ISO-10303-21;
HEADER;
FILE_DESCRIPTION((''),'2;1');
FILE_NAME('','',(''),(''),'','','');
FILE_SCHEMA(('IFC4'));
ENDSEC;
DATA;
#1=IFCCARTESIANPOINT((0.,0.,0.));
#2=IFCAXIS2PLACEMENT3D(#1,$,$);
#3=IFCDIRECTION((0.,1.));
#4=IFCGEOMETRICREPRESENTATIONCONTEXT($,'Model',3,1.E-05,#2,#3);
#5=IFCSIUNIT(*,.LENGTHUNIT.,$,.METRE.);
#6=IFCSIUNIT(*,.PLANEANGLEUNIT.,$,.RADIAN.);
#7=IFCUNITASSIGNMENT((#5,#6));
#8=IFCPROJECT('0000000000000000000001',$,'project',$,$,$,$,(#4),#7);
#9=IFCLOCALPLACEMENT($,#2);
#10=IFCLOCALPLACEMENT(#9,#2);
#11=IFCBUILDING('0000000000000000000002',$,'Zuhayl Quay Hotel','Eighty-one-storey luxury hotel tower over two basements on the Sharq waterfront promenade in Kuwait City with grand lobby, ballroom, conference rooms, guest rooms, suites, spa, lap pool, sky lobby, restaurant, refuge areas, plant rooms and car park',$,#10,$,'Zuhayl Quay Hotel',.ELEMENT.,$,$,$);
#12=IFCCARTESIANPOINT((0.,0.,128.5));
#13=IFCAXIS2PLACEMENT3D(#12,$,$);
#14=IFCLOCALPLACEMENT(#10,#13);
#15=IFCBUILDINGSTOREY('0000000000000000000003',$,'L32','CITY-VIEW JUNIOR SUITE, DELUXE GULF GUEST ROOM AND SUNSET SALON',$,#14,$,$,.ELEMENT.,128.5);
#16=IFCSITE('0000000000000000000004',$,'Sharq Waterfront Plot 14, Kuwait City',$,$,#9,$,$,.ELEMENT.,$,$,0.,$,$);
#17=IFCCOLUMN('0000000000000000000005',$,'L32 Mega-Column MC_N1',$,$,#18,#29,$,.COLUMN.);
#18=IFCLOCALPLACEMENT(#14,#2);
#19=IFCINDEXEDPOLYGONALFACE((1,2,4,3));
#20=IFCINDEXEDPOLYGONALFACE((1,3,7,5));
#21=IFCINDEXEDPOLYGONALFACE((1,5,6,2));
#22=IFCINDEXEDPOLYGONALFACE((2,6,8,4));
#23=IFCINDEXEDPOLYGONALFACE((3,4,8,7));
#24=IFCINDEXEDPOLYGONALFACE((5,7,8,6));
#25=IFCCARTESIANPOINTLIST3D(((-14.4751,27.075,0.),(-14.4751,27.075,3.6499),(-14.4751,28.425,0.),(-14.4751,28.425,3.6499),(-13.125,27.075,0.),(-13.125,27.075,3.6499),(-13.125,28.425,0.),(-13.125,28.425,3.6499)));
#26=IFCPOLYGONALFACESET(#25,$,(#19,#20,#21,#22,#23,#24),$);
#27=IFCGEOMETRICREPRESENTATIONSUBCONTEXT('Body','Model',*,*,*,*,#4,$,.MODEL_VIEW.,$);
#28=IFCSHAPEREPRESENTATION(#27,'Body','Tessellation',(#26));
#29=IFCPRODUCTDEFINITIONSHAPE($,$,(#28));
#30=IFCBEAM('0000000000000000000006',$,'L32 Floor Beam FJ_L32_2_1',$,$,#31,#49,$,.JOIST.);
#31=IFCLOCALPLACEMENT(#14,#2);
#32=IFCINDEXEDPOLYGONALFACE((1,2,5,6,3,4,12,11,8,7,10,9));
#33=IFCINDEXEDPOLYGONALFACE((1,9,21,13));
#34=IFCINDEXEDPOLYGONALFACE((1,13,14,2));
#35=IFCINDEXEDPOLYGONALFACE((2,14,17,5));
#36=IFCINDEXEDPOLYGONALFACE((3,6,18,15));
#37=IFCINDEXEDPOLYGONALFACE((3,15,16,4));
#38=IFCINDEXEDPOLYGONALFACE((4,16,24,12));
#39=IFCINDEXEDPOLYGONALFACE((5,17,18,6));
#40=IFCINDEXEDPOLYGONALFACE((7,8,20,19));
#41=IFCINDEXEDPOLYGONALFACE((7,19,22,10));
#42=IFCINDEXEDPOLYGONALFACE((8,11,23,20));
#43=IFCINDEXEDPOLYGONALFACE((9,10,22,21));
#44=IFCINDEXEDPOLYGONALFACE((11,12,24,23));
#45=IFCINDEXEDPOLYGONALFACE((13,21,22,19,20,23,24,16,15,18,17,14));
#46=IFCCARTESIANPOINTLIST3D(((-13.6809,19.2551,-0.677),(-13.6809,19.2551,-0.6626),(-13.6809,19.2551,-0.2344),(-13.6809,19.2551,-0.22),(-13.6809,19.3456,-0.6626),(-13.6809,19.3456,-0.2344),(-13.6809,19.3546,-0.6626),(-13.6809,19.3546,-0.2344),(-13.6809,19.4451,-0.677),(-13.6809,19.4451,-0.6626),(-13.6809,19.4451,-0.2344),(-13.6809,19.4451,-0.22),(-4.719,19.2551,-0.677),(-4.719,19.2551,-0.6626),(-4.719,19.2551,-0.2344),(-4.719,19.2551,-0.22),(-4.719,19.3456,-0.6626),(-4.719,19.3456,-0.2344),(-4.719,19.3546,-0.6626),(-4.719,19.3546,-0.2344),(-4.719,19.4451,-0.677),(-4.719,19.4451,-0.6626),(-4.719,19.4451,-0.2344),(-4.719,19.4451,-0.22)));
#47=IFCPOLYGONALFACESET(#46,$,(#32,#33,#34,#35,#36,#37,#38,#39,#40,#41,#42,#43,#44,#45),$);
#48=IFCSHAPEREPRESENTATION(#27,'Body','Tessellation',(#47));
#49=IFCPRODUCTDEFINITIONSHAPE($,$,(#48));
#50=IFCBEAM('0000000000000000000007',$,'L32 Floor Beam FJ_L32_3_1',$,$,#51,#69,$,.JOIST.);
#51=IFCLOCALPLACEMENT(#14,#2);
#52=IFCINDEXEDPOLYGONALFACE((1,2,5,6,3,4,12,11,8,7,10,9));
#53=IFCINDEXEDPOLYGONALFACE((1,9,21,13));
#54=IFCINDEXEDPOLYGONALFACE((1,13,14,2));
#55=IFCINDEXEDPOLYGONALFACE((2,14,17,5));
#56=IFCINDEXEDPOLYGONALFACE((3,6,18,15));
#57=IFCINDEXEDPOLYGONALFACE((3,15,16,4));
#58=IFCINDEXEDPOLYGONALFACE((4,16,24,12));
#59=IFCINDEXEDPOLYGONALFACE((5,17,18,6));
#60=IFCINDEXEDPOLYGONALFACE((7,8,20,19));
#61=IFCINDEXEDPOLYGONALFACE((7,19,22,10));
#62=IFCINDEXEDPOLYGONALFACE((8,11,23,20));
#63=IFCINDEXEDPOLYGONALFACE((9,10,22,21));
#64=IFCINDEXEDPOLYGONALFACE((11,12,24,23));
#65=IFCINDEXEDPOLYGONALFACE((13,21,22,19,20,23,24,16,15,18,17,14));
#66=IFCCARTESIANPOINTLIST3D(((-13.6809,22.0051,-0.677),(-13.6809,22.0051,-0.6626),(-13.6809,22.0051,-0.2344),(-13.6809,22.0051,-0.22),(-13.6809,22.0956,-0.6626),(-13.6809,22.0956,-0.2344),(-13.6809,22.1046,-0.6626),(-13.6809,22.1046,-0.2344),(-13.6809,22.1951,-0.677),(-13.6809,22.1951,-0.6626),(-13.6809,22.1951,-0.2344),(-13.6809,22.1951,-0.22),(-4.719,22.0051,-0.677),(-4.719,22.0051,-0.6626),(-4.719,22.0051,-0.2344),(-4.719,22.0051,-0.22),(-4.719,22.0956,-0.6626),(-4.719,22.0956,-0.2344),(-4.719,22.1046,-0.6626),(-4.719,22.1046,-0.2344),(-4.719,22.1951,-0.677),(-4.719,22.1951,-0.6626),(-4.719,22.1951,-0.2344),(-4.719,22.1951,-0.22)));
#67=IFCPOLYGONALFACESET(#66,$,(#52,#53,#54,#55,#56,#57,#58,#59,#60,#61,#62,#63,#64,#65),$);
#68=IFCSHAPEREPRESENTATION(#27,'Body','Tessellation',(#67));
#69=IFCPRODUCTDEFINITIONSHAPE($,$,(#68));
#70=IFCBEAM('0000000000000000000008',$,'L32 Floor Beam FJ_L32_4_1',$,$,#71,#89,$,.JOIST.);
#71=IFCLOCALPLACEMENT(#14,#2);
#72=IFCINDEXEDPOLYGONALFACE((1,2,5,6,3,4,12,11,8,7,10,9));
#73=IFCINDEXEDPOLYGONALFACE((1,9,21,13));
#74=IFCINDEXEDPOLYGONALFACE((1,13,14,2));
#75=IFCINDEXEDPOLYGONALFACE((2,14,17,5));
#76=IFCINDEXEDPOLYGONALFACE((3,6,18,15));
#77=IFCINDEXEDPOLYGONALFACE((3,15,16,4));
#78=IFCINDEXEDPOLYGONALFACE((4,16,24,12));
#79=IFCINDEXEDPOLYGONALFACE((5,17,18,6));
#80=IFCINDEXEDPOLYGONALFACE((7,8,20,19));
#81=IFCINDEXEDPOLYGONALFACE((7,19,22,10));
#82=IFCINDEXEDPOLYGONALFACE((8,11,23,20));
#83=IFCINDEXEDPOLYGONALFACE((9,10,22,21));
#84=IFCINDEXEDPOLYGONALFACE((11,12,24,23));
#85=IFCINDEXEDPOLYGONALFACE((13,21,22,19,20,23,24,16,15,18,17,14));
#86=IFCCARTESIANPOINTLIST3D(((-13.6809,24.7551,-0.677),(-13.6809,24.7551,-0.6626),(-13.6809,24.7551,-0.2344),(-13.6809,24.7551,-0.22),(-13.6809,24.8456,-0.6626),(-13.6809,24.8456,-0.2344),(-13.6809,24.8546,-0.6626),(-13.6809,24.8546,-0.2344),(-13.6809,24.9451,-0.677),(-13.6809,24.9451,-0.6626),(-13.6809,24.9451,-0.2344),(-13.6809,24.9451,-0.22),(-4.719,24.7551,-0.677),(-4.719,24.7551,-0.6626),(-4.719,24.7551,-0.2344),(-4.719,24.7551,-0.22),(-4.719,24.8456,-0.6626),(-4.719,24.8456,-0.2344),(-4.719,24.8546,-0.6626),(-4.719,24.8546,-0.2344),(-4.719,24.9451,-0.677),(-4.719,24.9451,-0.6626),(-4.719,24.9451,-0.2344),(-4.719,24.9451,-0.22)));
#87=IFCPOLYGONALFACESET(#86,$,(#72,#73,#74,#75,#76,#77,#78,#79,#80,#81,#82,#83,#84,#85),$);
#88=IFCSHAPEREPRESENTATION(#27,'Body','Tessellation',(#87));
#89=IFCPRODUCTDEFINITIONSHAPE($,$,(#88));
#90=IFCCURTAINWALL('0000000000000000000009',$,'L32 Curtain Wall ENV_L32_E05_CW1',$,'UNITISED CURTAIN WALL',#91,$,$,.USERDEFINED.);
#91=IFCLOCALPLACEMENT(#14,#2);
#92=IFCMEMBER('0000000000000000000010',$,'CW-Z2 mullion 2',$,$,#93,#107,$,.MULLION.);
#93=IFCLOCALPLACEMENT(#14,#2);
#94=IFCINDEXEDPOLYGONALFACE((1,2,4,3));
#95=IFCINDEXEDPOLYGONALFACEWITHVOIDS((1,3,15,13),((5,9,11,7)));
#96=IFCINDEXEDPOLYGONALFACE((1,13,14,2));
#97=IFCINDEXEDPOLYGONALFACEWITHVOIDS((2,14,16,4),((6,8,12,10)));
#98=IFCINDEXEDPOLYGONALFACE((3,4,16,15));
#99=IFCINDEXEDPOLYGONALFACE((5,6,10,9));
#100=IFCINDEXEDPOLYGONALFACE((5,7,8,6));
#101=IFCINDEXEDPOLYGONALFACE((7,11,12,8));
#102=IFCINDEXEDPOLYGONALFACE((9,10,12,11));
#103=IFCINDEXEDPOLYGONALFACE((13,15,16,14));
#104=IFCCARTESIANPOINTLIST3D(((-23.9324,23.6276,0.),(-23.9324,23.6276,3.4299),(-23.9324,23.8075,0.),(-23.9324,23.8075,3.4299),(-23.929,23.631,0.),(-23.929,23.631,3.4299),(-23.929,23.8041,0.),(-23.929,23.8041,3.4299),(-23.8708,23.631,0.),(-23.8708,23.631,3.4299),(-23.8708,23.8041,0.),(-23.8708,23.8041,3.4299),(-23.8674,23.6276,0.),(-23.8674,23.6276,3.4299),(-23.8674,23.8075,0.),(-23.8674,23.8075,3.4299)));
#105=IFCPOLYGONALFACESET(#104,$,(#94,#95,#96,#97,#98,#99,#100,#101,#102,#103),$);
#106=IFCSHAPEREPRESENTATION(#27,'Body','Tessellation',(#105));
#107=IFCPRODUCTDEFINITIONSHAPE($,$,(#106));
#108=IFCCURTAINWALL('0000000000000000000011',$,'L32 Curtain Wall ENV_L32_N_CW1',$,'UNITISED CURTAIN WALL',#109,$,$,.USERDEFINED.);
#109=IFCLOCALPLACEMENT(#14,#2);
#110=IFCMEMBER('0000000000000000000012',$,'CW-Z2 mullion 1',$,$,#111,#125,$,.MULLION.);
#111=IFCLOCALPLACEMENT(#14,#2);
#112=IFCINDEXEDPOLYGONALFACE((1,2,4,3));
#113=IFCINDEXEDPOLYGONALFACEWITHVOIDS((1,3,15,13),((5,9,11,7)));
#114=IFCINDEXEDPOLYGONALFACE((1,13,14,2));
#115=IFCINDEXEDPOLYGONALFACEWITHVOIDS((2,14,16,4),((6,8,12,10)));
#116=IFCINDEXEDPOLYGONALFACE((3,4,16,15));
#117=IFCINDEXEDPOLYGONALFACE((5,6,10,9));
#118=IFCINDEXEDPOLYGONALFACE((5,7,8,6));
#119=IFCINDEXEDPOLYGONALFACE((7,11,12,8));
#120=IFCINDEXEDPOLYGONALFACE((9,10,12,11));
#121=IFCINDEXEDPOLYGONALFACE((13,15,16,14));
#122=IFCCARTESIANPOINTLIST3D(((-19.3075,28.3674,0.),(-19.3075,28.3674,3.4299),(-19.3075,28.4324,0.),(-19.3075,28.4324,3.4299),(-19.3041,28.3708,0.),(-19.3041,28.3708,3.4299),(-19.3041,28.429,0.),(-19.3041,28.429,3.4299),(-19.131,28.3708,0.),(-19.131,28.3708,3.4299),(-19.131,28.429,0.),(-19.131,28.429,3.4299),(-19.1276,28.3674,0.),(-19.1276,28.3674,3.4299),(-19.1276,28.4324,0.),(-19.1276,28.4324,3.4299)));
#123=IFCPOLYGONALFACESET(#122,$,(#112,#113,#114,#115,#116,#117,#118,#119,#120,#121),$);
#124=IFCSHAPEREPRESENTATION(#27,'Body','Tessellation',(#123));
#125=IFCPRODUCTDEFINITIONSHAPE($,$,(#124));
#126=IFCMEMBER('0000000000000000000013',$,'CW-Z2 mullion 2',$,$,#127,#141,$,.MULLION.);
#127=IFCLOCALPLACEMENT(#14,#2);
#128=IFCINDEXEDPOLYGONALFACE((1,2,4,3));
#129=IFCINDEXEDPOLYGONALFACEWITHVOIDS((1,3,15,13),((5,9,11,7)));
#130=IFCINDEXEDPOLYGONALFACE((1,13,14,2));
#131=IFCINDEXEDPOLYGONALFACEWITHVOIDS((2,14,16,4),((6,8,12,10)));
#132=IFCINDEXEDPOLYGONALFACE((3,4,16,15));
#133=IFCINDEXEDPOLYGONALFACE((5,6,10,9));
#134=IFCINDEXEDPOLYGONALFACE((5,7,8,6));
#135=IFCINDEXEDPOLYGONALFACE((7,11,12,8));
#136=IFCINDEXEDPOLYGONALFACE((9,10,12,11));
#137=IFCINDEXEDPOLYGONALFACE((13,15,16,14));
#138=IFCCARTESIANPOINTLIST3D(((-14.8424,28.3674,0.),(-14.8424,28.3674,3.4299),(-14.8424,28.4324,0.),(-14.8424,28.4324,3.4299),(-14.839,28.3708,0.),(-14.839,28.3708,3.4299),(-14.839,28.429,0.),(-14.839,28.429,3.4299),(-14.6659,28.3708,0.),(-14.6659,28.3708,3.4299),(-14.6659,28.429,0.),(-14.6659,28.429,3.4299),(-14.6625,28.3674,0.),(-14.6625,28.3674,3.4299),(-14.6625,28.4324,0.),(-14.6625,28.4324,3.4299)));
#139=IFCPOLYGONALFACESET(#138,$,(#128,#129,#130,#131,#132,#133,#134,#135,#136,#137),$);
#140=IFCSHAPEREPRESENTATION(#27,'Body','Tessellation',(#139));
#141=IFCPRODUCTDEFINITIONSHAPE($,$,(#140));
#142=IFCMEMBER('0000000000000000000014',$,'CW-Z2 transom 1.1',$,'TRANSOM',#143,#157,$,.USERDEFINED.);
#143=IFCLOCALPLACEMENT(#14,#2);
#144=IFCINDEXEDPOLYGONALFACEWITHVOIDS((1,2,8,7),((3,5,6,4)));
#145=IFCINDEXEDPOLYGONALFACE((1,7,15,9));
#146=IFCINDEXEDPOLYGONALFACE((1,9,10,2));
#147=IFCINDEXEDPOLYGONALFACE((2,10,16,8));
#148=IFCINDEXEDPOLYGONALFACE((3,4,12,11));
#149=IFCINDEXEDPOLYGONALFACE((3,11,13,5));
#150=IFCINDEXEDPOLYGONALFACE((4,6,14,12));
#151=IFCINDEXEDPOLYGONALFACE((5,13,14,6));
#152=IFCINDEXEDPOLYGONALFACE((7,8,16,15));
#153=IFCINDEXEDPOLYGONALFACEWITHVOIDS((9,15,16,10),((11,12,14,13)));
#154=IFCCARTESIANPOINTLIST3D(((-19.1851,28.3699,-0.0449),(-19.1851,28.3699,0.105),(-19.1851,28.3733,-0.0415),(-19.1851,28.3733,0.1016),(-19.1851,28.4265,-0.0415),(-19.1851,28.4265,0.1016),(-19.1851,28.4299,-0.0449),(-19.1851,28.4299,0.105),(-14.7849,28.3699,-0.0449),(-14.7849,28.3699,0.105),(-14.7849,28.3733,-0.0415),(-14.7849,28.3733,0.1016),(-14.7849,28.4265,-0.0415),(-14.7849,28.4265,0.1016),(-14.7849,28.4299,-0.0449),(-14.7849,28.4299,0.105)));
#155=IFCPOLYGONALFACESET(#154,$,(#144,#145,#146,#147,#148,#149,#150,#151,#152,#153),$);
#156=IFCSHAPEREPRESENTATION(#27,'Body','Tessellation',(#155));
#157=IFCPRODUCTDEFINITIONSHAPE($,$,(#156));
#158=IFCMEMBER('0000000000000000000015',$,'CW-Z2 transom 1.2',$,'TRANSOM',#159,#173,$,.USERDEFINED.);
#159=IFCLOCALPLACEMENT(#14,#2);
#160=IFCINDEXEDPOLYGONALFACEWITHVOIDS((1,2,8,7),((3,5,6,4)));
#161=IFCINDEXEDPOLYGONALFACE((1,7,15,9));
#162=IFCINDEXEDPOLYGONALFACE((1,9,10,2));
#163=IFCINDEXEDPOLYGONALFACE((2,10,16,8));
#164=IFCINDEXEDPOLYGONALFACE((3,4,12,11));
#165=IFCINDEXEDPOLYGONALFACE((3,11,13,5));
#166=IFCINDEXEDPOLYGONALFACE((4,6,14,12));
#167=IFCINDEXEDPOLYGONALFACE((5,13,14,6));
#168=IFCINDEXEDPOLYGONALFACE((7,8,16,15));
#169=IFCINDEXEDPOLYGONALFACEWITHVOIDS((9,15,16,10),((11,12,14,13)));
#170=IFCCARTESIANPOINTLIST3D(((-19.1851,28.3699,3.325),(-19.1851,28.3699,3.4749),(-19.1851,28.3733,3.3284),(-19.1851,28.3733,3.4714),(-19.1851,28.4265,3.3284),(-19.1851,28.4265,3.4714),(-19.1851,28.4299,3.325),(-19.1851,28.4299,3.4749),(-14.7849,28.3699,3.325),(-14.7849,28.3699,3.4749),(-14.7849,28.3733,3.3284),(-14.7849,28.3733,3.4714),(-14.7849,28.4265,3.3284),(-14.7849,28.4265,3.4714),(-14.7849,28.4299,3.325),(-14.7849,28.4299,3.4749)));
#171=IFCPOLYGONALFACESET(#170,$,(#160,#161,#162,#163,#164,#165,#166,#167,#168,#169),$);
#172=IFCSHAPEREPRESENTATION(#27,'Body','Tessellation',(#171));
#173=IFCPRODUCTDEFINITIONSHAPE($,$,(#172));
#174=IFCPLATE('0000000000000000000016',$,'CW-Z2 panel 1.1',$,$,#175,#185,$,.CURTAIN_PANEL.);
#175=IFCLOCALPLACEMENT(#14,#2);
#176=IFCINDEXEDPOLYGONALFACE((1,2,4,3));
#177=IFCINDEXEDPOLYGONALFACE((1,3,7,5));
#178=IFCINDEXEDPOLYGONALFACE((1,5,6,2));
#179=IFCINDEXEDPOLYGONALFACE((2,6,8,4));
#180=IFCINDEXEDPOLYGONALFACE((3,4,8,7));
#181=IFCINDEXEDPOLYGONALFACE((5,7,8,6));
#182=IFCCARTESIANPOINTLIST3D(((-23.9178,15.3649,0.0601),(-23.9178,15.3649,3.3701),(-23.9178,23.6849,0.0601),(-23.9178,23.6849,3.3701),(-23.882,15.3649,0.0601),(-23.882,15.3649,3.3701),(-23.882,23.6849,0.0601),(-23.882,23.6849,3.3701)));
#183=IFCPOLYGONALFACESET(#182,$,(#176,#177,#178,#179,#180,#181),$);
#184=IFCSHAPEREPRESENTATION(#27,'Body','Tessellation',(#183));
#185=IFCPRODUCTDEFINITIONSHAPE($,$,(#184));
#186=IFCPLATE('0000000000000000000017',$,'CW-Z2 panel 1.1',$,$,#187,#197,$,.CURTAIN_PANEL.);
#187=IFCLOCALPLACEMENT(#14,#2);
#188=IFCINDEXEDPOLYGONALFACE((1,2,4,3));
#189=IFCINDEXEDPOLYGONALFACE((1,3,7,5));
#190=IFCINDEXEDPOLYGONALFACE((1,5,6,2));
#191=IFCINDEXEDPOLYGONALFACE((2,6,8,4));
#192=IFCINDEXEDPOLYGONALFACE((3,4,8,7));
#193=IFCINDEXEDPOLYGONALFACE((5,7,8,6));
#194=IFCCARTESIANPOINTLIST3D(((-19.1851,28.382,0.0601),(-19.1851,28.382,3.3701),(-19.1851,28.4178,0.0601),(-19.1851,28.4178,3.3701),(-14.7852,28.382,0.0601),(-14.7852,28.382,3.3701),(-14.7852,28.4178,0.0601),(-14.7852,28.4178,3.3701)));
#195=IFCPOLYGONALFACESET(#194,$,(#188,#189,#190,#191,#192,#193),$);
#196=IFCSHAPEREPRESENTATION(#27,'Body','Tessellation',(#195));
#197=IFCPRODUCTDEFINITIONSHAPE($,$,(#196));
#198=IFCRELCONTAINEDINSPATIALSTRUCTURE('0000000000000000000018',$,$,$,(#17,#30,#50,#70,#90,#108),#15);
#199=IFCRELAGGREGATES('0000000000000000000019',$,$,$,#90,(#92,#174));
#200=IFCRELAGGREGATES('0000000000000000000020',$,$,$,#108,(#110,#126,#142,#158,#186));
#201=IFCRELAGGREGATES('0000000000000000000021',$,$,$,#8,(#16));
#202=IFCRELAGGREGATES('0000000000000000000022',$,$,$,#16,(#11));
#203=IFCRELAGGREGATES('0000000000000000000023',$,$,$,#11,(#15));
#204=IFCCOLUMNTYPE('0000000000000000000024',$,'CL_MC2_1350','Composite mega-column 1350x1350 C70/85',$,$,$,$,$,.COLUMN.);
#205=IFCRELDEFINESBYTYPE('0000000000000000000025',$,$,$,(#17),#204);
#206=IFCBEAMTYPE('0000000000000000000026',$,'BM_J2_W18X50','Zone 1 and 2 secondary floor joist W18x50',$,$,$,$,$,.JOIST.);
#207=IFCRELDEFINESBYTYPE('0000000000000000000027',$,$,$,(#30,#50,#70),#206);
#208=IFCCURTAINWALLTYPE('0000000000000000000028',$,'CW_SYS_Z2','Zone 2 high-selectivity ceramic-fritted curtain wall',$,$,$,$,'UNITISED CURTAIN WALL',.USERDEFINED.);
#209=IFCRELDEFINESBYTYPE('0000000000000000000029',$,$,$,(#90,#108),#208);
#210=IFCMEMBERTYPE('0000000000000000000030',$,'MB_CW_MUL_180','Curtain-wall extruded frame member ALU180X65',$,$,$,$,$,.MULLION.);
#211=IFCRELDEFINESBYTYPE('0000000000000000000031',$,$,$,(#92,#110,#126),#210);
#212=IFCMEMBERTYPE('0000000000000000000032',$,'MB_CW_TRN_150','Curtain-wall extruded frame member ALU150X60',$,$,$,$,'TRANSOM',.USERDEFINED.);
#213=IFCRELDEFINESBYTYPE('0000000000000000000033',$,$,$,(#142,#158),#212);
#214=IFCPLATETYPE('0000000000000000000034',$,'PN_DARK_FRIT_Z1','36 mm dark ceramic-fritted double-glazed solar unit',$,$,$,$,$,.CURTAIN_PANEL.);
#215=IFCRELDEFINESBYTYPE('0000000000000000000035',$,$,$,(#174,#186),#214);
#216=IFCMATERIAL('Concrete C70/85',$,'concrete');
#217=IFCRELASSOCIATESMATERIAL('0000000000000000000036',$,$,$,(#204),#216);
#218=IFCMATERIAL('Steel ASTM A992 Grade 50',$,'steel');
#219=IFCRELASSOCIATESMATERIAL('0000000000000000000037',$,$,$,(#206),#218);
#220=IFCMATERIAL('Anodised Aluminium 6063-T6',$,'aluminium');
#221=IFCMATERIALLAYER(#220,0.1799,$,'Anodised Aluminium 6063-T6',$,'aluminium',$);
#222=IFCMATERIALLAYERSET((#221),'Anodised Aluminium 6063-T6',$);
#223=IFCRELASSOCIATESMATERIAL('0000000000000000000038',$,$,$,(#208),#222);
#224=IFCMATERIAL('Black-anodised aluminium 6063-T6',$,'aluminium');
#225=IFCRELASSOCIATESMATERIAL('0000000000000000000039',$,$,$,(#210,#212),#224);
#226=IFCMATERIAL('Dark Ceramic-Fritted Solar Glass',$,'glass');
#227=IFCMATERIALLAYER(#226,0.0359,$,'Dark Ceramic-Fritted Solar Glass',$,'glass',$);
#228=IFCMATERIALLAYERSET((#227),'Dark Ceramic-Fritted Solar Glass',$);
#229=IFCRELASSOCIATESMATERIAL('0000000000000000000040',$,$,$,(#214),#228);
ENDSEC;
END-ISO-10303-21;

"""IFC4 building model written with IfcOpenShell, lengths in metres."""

from ifc_helpers import new_model, si_unit, direction, frame, origin, origin_2d, place, context, subcontext, project, spatial, rectangle, hollow_rectangle, i_section, extrude, material, layer, layer_set, material_profile, profile_set, type_object, element, aggregate, save


model = new_model("IFC4")

# Units and contexts
model_context = context("Model", 3, precision=1e-05, world=origin(), true_north=direction((0.0, 1.0)))
body_context = subcontext(model_context, "Body", "Model", "MODEL_VIEW")
ifc_project = project(units=[si_unit("LENGTHUNIT", "METRE"), si_unit("PLANEANGLEUNIT", "RADIAN")], contexts=[model_context])

# Site, building, storey
site_placement = place(None, origin())
site = spatial("IfcSite", under=ifc_project, at=site_placement, Name="Sharq Waterfront Plot 14, Kuwait City", CompositionType="ELEMENT", RefElevation=0.0)
building_placement = place(site_placement, origin())
building = spatial("IfcBuilding", under=site, at=building_placement, Name="Zuhayl Quay Hotel", Description="Eighty-one-storey luxury hotel tower over two basements on the Sharq waterfront promenade in Kuwait City with grand lobby, ballroom, conference rooms, guest rooms, suites, spa, lap pool, sky lobby, restaurant, refuge areas, plant rooms and car park", LongName="Zuhayl Quay Hotel", CompositionType="ELEMENT")
storey_placement = place(building_placement, frame((0.0, 0.0, 128.5)))
storey = spatial("IfcBuildingStorey", under=building, at=storey_placement, Name="L32", Description="CITY-VIEW JUNIOR SUITE, DELUXE GULF GUEST ROOM AND SUNSET SALON", CompositionType="ELEMENT", Elevation=128.5)

# Column
ifc_material_1 = material(Name="Concrete C70/85", Category="concrete")
ifc_material_profile_1 = material_profile(ifc_material_1, rectangle(XDim=1.3501, YDim=1.3501, at=origin_2d()), Name="RC1350X1350")
ifc_profile_set_1 = profile_set([ifc_material_profile_1], Name="Concrete C70/85")
column_type = type_object("IfcColumnType", Name="CL_MC2_1350", Description="Composite mega-column 1350x1350 C70/85", PredefinedType="COLUMN", material=ifc_profile_set_1)
column_placement = place(storey_placement, frame((-13.8, 27.75, 0.0), z_axis=(0.0, 0.0, 1.0), x_axis=(1.0, 0.0, 0.0)))
element("IfcColumn", 1, at=column_placement, inside=storey, type_object=column_type, Name="L32 Mega-Column MC_N1", PredefinedType="COLUMN", context=body_context, shape_type="SweptSolid", body=[
    extrude(rectangle(XDim=1.3501, YDim=1.3501, at=origin_2d()), origin(), (0.0, 0.0, 1.0), 3.6499),
])

# Beams
ifc_material_2 = material(Name="Steel ASTM A992 Grade 50", Category="steel")
ifc_material_profile_2 = material_profile(ifc_material_2, i_section(OverallWidth=0.1899, OverallDepth=0.457, WebThickness=0.009, FlangeThickness=0.0144, at=origin_2d()), Name="W18X50")
ifc_profile_set_2 = profile_set([ifc_material_profile_2], Name="Steel ASTM A992 Grade 50")
beam_type = type_object("IfcBeamType", Name="BM_J2_W18X50", Description="Zone 1 and 2 secondary floor joist W18x50", PredefinedType="JOIST", material=ifc_profile_set_2)
for number, where, z_axis, x_axis, name in (
    (2, (-13.6809, 19.3501, -0.4485), (1.0, 0.0, 0.0), (0.0, 1.0, 0.0), "L32 Floor Beam FJ_L32_2_1"),
    (3, (-13.6809, 22.1001, -0.4485), (1.0, 0.0, 0.0), (0.0, 1.0, 0.0), "L32 Floor Beam FJ_L32_3_1"),
    (4, (-13.6809, 24.8501, -0.4485), (1.0, 0.0, 0.0), (0.0, 1.0, 0.0), "L32 Floor Beam FJ_L32_4_1"),
):
    element("IfcBeam", number, at=place(storey_placement, frame(where, z_axis=z_axis, x_axis=x_axis)), inside=storey, type_object=beam_type, Name=name, PredefinedType="JOIST", context=body_context, shape_type="SweptSolid", body=[
        extrude(i_section(OverallWidth=0.1899, OverallDepth=0.457, WebThickness=0.009, FlangeThickness=0.0144, at=origin_2d()), origin(), (0.0, 0.0, 1.0), 8.9619),
    ])

# Curtain wall, member
ifc_material_3 = material(Name="Anodised Aluminium 6063-T6", Category="aluminium")
ifc_layer_1 = layer(ifc_material_3, 0.1799, Name="Anodised Aluminium 6063-T6", Category="aluminium")
ifc_layer_set_1 = layer_set([ifc_layer_1], Name="Anodised Aluminium 6063-T6")
curtain_wall_type = type_object("IfcCurtainWallType", Name="CW_SYS_Z2", Description="Zone 2 high-selectivity ceramic-fritted curtain wall", ElementType="UNITISED CURTAIN WALL", PredefinedType="USERDEFINED", material=ifc_layer_set_1)
curtain_wall_1_placement = place(storey_placement, origin())
curtain_wall_1 = element("IfcCurtainWall", 5, at=curtain_wall_1_placement, inside=storey, type_object=curtain_wall_type, Name="L32 Curtain Wall ENV_L32_E05_CW1", ObjectType="UNITISED CURTAIN WALL", PredefinedType="USERDEFINED")
ifc_material_4 = material(Name="Black-anodised aluminium 6063-T6", Category="aluminium")
ifc_material_profile_3 = material_profile(ifc_material_4, hollow_rectangle(XDim=0.0649, YDim=0.1799, WallThickness=0.0034, at=origin_2d()), Name="ALU180X65")
ifc_profile_set_3 = profile_set([ifc_material_profile_3], Name="Black-anodised aluminium 6063-T6")
member_type_1 = type_object("IfcMemberType", Name="MB_CW_MUL_180", Description="Curtain-wall extruded frame member ALU180X65", PredefinedType="MULLION", material=ifc_profile_set_3)
member_1_placement = place(storey_placement, frame((-23.8999, 23.7175, 0.0), z_axis=(0.0, 0.0, 1.0), x_axis=(-1.0, 0.0, 0.0)))
member_1 = element("IfcMember", 6, at=member_1_placement, type_object=member_type_1, Name="CW-Z2 mullion 2", PredefinedType="MULLION", context=body_context, shape_type="SweptSolid", body=[
    extrude(hollow_rectangle(XDim=0.0649, YDim=0.1799, WallThickness=0.0034, at=origin_2d()), origin(), (0.0, 0.0, 1.0), 3.4299),
])

# Curtain wall, members
curtain_wall_2_placement = place(storey_placement, origin())
curtain_wall_2 = element("IfcCurtainWall", 7, at=curtain_wall_2_placement, inside=storey, type_object=curtain_wall_type, Name="L32 Curtain Wall ENV_L32_N_CW1", ObjectType="UNITISED CURTAIN WALL", PredefinedType="USERDEFINED")
member_2_placement = place(storey_placement, frame((-19.2175, 28.3999, 0.0), z_axis=(0.0, 0.0, 1.0), x_axis=(0.0, 1.0, 0.0)))
member_2 = element("IfcMember", 8, at=member_2_placement, type_object=member_type_1, Name="CW-Z2 mullion 1", PredefinedType="MULLION", context=body_context, shape_type="SweptSolid", body=[
    extrude(hollow_rectangle(XDim=0.0649, YDim=0.1799, WallThickness=0.0034, at=origin_2d()), origin(), (0.0, 0.0, 1.0), 3.4299),
])
member_3_placement = place(storey_placement, frame((-14.7524, 28.3999, 0.0), z_axis=(0.0, 0.0, 1.0), x_axis=(0.0, 1.0, 0.0)))
member_3 = element("IfcMember", 9, at=member_3_placement, type_object=member_type_1, Name="CW-Z2 mullion 2", PredefinedType="MULLION", context=body_context, shape_type="SweptSolid", body=[
    extrude(hollow_rectangle(XDim=0.0649, YDim=0.1799, WallThickness=0.0034, at=origin_2d()), origin(), (0.0, 0.0, 1.0), 3.4299),
])
ifc_material_profile_4 = material_profile(ifc_material_4, hollow_rectangle(XDim=0.0601, YDim=0.1499, WallThickness=0.0034, at=origin_2d()), Name="ALU150X60")
ifc_profile_set_4 = profile_set([ifc_material_profile_4], Name="Black-anodised aluminium 6063-T6")
member_type_2 = type_object("IfcMemberType", Name="MB_CW_TRN_150", Description="Curtain-wall extruded frame member ALU150X60", ElementType="TRANSOM", PredefinedType="USERDEFINED", material=ifc_profile_set_4)
member_4_placement = place(storey_placement, frame((-19.1851, 28.3999, 0.03), z_axis=(1.0, 0.0, 0.0), x_axis=(0.0, 1.0, 0.0)))
member_4 = element("IfcMember", 10, at=member_4_placement, type_object=member_type_2, Name="CW-Z2 transom 1.1", ObjectType="TRANSOM", PredefinedType="USERDEFINED", context=body_context, shape_type="SweptSolid", body=[
    extrude(hollow_rectangle(XDim=0.0601, YDim=0.1499, WallThickness=0.0034, at=origin_2d()), origin(), (0.0, 0.0, 1.0), 4.4001),
])
member_5_placement = place(storey_placement, frame((-19.1851, 28.3999, 3.3999), z_axis=(1.0, 0.0, 0.0), x_axis=(0.0, 1.0, 0.0)))
member_5 = element("IfcMember", 11, at=member_5_placement, type_object=member_type_2, Name="CW-Z2 transom 1.2", ObjectType="TRANSOM", PredefinedType="USERDEFINED", context=body_context, shape_type="SweptSolid", body=[
    extrude(hollow_rectangle(XDim=0.0601, YDim=0.1499, WallThickness=0.0034, at=origin_2d()), origin(), (0.0, 0.0, 1.0), 4.4001),
])

# Plates
ifc_material_5 = material(Name="Dark Ceramic-Fritted Solar Glass", Category="glass")
ifc_layer_2 = layer(ifc_material_5, 0.0359, Name="Dark Ceramic-Fritted Solar Glass", Category="glass")
ifc_layer_set_2 = layer_set([ifc_layer_2], Name="Dark Ceramic-Fritted Solar Glass")
plate_type = type_object("IfcPlateType", Name="PN_DARK_FRIT_Z1", Description="36 mm dark ceramic-fritted double-glazed solar unit", PredefinedType="CURTAIN_PANEL", material=ifc_layer_set_2)
plate_1_placement = place(storey_placement, frame((-23.8999, 19.5249, 0.0601), z_axis=(0.0, 0.0, 1.0), x_axis=(0.0, 1.0, 0.0)))
plate_1 = element("IfcPlate", 12, at=plate_1_placement, type_object=plate_type, Name="CW-Z2 panel 1.1", PredefinedType="CURTAIN_PANEL", context=body_context, shape_type="SweptSolid", body=[
    extrude(rectangle(XDim=8.3201, YDim=0.0359, at=origin_2d()), origin(), (0.0, 0.0, 1.0), 3.3101),
])
aggregate(curtain_wall_1, [member_1, plate_1])
plate_2_placement = place(storey_placement, frame((-16.9851, 28.3999, 0.0601), z_axis=(0.0, 0.0, 1.0), x_axis=(1.0, 0.0, 0.0)))
plate_2 = element("IfcPlate", 13, at=plate_2_placement, type_object=plate_type, Name="CW-Z2 panel 1.1", PredefinedType="CURTAIN_PANEL", context=body_context, shape_type="SweptSolid", body=[
    extrude(rectangle(XDim=4.3999, YDim=0.0359, at=origin_2d()), origin(), (0.0, 0.0, 1.0), 3.3101),
])
aggregate(curtain_wall_2, [member_2, member_3, member_4, member_5, plate_2])

save(model, "model.ifc")
